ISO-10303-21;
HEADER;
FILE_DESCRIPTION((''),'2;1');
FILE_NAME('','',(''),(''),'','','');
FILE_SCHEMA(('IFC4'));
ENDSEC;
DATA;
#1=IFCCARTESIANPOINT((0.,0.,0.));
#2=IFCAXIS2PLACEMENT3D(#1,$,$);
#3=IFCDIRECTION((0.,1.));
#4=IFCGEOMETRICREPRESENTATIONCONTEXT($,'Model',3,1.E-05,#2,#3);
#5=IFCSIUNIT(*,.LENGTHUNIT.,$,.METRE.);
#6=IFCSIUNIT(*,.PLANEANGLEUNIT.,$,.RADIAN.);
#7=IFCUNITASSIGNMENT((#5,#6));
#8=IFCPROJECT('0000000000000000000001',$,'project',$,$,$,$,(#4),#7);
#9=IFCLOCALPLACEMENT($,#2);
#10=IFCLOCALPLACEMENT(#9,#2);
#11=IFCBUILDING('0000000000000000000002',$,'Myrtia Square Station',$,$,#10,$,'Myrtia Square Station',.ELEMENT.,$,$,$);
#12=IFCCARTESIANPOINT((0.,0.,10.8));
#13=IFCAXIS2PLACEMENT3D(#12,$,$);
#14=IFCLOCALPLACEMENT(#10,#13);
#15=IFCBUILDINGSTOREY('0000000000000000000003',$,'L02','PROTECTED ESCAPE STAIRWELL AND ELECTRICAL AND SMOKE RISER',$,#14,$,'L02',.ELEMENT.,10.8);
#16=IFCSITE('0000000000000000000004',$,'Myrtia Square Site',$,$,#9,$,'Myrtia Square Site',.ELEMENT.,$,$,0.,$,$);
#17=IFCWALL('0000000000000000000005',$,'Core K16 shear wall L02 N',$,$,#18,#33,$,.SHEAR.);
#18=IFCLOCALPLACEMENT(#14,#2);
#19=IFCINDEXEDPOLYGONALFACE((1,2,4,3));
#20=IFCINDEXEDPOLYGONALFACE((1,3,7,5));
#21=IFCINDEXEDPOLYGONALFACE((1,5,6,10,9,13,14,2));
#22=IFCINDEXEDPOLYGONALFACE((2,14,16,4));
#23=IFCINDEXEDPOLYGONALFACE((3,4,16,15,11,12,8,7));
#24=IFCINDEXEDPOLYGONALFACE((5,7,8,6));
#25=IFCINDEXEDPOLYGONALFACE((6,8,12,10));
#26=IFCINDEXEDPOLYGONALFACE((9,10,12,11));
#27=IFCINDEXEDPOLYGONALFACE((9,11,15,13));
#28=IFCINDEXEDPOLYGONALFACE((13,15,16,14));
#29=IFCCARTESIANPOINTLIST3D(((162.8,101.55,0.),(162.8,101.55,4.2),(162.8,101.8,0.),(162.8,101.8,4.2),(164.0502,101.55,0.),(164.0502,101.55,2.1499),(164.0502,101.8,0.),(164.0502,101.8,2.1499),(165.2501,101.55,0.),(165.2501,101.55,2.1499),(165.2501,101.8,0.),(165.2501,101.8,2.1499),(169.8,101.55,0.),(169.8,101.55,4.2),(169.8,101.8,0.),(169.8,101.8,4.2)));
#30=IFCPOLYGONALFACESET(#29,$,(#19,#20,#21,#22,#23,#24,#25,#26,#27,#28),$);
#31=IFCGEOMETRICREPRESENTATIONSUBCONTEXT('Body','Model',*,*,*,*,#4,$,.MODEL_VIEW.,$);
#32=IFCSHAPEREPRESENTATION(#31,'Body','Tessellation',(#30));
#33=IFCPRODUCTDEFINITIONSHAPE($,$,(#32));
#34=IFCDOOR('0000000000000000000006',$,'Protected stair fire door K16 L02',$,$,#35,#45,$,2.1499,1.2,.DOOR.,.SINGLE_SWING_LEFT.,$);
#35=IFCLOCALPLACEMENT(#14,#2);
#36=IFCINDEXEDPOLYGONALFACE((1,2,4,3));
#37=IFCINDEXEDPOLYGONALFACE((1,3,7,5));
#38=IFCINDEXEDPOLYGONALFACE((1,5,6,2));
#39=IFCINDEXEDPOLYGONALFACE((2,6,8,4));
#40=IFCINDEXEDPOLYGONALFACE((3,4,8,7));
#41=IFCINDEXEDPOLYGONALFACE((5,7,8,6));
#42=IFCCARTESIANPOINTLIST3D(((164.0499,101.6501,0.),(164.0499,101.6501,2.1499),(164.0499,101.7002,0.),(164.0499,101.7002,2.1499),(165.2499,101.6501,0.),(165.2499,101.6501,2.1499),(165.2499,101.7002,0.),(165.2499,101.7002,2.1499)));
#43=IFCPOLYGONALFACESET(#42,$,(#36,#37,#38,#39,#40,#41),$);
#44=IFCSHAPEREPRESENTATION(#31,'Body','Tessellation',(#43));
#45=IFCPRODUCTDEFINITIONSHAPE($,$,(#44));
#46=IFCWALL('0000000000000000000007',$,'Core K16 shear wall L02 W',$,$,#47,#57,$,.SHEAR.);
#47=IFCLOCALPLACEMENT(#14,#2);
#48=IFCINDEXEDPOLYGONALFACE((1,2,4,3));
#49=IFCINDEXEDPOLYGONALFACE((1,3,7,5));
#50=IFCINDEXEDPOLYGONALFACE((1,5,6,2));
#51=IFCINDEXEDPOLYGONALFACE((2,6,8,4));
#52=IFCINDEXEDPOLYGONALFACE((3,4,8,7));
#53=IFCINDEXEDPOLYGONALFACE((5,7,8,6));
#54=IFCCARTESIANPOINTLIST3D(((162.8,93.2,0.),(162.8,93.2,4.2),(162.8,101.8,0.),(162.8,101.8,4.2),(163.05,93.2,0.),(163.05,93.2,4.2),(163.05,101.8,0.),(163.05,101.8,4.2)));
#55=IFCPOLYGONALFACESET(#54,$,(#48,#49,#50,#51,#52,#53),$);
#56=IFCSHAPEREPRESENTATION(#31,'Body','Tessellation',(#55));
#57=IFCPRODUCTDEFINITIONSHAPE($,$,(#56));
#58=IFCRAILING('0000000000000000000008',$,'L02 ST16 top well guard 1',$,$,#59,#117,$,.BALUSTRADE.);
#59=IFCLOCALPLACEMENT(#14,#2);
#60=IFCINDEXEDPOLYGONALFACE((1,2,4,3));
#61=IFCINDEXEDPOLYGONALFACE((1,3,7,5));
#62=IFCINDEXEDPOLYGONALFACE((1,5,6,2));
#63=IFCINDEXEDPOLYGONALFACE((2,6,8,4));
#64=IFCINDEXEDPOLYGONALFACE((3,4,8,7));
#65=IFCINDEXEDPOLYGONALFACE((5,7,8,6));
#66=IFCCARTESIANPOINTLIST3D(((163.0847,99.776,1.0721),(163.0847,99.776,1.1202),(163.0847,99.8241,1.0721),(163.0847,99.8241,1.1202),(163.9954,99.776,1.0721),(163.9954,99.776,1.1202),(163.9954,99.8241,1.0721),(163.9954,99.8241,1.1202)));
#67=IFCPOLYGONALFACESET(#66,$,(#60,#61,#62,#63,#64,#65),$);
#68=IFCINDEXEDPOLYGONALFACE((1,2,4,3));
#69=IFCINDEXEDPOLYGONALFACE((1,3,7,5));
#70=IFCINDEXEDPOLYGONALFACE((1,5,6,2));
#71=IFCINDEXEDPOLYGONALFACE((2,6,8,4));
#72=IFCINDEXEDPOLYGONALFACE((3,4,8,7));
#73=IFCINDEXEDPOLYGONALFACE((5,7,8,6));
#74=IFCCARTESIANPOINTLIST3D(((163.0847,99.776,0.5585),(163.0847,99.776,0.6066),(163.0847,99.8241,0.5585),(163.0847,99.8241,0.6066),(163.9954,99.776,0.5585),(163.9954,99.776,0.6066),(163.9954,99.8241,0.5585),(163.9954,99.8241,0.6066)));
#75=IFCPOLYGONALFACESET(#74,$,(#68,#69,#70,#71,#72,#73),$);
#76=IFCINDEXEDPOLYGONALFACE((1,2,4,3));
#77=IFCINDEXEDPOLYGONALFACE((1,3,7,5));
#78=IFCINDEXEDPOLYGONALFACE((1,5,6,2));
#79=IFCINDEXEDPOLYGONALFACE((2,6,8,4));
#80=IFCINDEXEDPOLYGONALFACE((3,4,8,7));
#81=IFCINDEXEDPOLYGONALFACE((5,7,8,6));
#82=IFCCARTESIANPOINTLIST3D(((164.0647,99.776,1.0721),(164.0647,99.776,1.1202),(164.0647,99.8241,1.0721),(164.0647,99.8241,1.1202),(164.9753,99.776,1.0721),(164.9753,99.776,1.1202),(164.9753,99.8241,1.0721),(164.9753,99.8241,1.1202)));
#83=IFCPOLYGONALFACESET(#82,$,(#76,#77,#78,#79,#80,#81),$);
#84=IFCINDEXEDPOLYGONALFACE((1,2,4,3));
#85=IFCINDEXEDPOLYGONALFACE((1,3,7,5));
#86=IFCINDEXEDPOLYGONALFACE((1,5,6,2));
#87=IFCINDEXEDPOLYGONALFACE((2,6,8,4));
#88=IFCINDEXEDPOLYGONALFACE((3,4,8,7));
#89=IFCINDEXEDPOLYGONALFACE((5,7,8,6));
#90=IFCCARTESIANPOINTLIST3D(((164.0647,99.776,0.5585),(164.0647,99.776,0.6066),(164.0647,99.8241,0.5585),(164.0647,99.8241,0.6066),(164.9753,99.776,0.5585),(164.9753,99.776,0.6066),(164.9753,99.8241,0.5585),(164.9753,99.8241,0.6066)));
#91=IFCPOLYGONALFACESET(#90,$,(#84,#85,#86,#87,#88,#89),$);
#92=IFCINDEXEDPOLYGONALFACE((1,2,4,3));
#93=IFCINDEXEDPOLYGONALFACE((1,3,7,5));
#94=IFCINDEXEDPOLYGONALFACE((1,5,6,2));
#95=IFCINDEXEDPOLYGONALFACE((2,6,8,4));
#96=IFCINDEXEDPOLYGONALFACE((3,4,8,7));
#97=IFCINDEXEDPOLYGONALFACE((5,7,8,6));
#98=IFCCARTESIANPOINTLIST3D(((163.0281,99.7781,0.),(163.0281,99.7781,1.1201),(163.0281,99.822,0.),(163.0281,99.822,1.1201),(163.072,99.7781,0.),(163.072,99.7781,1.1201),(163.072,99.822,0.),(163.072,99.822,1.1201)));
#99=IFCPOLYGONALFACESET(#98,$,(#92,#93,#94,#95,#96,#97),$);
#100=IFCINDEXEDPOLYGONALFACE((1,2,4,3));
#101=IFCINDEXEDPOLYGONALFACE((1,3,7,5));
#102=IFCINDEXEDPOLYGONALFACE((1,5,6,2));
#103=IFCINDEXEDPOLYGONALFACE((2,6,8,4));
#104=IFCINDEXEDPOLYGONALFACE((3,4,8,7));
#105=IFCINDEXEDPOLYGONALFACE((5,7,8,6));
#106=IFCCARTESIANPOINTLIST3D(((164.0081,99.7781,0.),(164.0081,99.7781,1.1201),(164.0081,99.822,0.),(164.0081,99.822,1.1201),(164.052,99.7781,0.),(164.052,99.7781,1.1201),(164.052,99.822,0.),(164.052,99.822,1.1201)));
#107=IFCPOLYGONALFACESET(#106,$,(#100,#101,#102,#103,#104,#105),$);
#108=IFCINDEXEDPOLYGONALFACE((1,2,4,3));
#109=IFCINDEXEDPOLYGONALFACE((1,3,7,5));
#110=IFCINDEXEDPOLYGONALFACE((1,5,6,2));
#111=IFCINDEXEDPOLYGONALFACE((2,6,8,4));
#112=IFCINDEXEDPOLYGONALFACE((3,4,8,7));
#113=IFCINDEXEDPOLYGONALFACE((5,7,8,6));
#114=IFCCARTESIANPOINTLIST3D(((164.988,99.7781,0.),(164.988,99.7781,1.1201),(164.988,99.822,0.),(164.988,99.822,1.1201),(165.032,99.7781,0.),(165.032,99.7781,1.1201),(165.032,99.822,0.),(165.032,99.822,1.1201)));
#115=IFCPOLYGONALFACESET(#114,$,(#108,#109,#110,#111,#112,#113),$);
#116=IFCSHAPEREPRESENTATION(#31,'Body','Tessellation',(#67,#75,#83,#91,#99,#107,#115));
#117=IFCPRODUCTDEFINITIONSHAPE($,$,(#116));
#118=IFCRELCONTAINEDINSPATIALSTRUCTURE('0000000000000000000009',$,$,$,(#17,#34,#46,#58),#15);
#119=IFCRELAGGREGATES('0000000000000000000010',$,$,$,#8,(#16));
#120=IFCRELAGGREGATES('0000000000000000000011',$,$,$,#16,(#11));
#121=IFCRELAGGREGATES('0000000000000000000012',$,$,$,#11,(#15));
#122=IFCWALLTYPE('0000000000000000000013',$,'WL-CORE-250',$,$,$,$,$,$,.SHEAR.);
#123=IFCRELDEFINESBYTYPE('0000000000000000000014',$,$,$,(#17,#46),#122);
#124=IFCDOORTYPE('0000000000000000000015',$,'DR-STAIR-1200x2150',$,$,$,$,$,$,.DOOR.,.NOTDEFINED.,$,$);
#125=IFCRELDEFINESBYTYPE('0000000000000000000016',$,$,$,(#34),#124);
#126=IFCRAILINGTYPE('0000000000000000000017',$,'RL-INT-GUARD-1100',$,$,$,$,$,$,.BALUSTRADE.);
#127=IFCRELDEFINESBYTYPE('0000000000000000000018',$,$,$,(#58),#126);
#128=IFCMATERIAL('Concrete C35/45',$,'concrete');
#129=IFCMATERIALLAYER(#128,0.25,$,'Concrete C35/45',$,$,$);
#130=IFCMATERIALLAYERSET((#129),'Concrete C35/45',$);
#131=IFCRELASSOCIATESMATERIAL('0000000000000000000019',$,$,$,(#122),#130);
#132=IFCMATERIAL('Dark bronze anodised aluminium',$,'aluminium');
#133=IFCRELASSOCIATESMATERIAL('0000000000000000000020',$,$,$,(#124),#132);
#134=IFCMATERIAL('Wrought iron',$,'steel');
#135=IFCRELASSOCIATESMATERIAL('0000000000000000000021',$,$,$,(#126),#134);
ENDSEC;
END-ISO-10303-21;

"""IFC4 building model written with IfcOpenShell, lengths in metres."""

from ifc_helpers import new_model, si_unit, direction, frame, frame_2d, origin, origin_2d, place, context, subcontext, project, spatial, rectangle, extrude, material, layer, layer_set, type_object, element, fill, save


model = new_model("IFC4")

# Units and contexts
model_context = context("Model", 3, precision=1e-05, world=origin(), true_north=direction((0.0, 1.0)))
body_context = subcontext(model_context, "Body", "Model", "MODEL_VIEW")
ifc_project = project(units=[si_unit("LENGTHUNIT", "METRE"), si_unit("PLANEANGLEUNIT", "RADIAN")], contexts=[model_context])

# Site, building, storey
site_placement = place(None, origin())
site = spatial("IfcSite", under=ifc_project, at=site_placement, Name="Myrtia Square Site", LongName="Myrtia Square Site", CompositionType="ELEMENT", RefElevation=0.0)
building_placement = place(site_placement, origin())
building = spatial("IfcBuilding", under=site, at=building_placement, Name="Myrtia Square Station", LongName="Myrtia Square Station", CompositionType="ELEMENT")
storey_placement = place(building_placement, frame((0.0, 0.0, 10.8)))
storey = spatial("IfcBuildingStorey", under=building, at=storey_placement, Name="L02", Description="PROTECTED ESCAPE STAIRWELL AND ELECTRICAL AND SMOKE RISER", LongName="L02", CompositionType="ELEMENT", Elevation=10.8)

# Shared definitions
ifc_material_1 = material(Name="Dark bronze anodised aluminium", Category="aluminium")

# Shared definitions
ifc_material_2 = material(Name="Concrete C35/45", Category="concrete")
ifc_layer_1 = layer(ifc_material_2, 0.25, Name="Concrete C35/45")
ifc_layer_set_1 = layer_set([ifc_layer_1], Name="Concrete C35/45")
wall_type = type_object("IfcWallType", Name="WL-CORE-250", PredefinedType="SHEAR", material=ifc_layer_set_1)

# Wall, opening, door
wall_1_placement = place(storey_placement, frame((162.8, 101.675, 0.0), z_axis=(0.0, 0.0, 1.0), x_axis=(1.0, 0.0, 0.0)))
wall_1 = element("IfcWall", 1, at=wall_1_placement, inside=storey, type_object=wall_type, Name="Core K16 shear wall L02 N", PredefinedType="SHEAR", context=body_context, shape_type="SweptSolid", body=[
    extrude(rectangle(XDim=7.0, YDim=0.25, at=frame_2d((3.5, 0.0))), origin(), (0.0, 0.0, 1.0), 4.2),
])
opening_placement = place(wall_1_placement, frame((1.25, 0.0, 0.0)))
opening = element("IfcOpeningElement", 2, at=opening_placement, cuts=wall_1, PredefinedType="OPENING", context=body_context, shape_type="SweptSolid", body=[
    extrude(rectangle(XDim=1.2, YDim=2.1499, at=frame_2d((0.6001, 1.075))), frame((0.0, 0.1399, 0.0), z_axis=(0.0, -1.0, 0.0), x_axis=(1.0, 0.0, 0.0)), (0.0, 0.0, 1.0), 0.28),
])
door_type = type_object("IfcDoorType", Name="DR-STAIR-1200x2150", OperationType="NOTDEFINED", PredefinedType="DOOR", material=ifc_material_1)
door_placement = place(opening_placement, frame((1.2, 0.0, 0.0), z_axis=(0.0, 0.0, 1.0), x_axis=(-1.0, 0.0, 0.0)))
door = element("IfcDoor", 3, at=door_placement, inside=storey, type_object=door_type, Name="Protected stair fire door K16 L02", OperationType="SINGLE_SWING_LEFT", OverallHeight=2.1499, OverallWidth=1.2, PredefinedType="DOOR", context=body_context, shape_type="SweptSolid", body=[
    extrude(rectangle(XDim=1.2, YDim=2.1499, at=frame_2d((0.6001, 1.075))), frame((0.0, 0.0249, 0.0), z_axis=(0.0, -1.0, 0.0), x_axis=(1.0, 0.0, 0.0)), (0.0, 0.0, 1.0), 0.05),
])
fill(opening, door)

# Wall
wall_2_placement = place(storey_placement, frame((162.925, 93.2, 0.0), z_axis=(0.0, 0.0, 1.0), x_axis=(0.0, 1.0, 0.0)))
element("IfcWall", 4, at=wall_2_placement, inside=storey, type_object=wall_type, Name="Core K16 shear wall L02 W", PredefinedType="SHEAR", context=body_context, shape_type="SweptSolid", body=[
    extrude(rectangle(XDim=8.6001, YDim=0.25, at=frame_2d((4.3, 0.0))), origin(), (0.0, 0.0, 1.0), 4.2),
])

# Railing
ifc_material_3 = material(Name="Wrought iron", Category="steel")
railing_type = type_object("IfcRailingType", Name="RL-INT-GUARD-1100", PredefinedType="BALUSTRADE", material=ifc_material_3)
railing_placement = place(storey_placement, frame((163.05, 99.8, 0.0)))
element("IfcRailing", 5, at=railing_placement, inside=storey, type_object=railing_type, Name="L02 ST16 top well guard 1", PredefinedType="BALUSTRADE", context=body_context, shape_type="SweptSolid", body=[
    extrude(rectangle(XDim=0.0481, YDim=0.0481, at=origin_2d()), frame((0.0347, 0.0, 1.0962), z_axis=(1.0, 0.0, 0.0), x_axis=(0.0, 1.0, 0.0)), (0.0, 0.0, 1.0), 0.9106),
    extrude(rectangle(XDim=0.0481, YDim=0.0481, at=origin_2d()), frame((0.0347, 0.0, 0.5825), z_axis=(1.0, 0.0, 0.0), x_axis=(0.0, 1.0, 0.0)), (0.0, 0.0, 1.0), 0.9106),
    extrude(rectangle(XDim=0.0481, YDim=0.0481, at=origin_2d()), frame((1.0146, 0.0, 1.0962), z_axis=(1.0, 0.0, 0.0), x_axis=(0.0, 1.0, 0.0)), (0.0, 0.0, 1.0), 0.9106),
    extrude(rectangle(XDim=0.0481, YDim=0.0481, at=origin_2d()), frame((1.0146, 0.0, 0.5825), z_axis=(1.0, 0.0, 0.0), x_axis=(0.0, 1.0, 0.0)), (0.0, 0.0, 1.0), 0.9106),
    extrude(rectangle(XDim=0.0439, YDim=0.0439, at=origin_2d()), origin(), (0.0, 0.0, 1.0), 1.1201),
    extrude(rectangle(XDim=0.0439, YDim=0.0439, at=origin_2d()), frame((0.98, 0.0, 0.0)), (0.0, 0.0, 1.0), 1.1201),
    extrude(rectangle(XDim=0.0439, YDim=0.0439, at=origin_2d()), frame((1.96, 0.0, 0.0)), (0.0, 0.0, 1.0), 1.1201),
])

save(model, "model.ifc")
